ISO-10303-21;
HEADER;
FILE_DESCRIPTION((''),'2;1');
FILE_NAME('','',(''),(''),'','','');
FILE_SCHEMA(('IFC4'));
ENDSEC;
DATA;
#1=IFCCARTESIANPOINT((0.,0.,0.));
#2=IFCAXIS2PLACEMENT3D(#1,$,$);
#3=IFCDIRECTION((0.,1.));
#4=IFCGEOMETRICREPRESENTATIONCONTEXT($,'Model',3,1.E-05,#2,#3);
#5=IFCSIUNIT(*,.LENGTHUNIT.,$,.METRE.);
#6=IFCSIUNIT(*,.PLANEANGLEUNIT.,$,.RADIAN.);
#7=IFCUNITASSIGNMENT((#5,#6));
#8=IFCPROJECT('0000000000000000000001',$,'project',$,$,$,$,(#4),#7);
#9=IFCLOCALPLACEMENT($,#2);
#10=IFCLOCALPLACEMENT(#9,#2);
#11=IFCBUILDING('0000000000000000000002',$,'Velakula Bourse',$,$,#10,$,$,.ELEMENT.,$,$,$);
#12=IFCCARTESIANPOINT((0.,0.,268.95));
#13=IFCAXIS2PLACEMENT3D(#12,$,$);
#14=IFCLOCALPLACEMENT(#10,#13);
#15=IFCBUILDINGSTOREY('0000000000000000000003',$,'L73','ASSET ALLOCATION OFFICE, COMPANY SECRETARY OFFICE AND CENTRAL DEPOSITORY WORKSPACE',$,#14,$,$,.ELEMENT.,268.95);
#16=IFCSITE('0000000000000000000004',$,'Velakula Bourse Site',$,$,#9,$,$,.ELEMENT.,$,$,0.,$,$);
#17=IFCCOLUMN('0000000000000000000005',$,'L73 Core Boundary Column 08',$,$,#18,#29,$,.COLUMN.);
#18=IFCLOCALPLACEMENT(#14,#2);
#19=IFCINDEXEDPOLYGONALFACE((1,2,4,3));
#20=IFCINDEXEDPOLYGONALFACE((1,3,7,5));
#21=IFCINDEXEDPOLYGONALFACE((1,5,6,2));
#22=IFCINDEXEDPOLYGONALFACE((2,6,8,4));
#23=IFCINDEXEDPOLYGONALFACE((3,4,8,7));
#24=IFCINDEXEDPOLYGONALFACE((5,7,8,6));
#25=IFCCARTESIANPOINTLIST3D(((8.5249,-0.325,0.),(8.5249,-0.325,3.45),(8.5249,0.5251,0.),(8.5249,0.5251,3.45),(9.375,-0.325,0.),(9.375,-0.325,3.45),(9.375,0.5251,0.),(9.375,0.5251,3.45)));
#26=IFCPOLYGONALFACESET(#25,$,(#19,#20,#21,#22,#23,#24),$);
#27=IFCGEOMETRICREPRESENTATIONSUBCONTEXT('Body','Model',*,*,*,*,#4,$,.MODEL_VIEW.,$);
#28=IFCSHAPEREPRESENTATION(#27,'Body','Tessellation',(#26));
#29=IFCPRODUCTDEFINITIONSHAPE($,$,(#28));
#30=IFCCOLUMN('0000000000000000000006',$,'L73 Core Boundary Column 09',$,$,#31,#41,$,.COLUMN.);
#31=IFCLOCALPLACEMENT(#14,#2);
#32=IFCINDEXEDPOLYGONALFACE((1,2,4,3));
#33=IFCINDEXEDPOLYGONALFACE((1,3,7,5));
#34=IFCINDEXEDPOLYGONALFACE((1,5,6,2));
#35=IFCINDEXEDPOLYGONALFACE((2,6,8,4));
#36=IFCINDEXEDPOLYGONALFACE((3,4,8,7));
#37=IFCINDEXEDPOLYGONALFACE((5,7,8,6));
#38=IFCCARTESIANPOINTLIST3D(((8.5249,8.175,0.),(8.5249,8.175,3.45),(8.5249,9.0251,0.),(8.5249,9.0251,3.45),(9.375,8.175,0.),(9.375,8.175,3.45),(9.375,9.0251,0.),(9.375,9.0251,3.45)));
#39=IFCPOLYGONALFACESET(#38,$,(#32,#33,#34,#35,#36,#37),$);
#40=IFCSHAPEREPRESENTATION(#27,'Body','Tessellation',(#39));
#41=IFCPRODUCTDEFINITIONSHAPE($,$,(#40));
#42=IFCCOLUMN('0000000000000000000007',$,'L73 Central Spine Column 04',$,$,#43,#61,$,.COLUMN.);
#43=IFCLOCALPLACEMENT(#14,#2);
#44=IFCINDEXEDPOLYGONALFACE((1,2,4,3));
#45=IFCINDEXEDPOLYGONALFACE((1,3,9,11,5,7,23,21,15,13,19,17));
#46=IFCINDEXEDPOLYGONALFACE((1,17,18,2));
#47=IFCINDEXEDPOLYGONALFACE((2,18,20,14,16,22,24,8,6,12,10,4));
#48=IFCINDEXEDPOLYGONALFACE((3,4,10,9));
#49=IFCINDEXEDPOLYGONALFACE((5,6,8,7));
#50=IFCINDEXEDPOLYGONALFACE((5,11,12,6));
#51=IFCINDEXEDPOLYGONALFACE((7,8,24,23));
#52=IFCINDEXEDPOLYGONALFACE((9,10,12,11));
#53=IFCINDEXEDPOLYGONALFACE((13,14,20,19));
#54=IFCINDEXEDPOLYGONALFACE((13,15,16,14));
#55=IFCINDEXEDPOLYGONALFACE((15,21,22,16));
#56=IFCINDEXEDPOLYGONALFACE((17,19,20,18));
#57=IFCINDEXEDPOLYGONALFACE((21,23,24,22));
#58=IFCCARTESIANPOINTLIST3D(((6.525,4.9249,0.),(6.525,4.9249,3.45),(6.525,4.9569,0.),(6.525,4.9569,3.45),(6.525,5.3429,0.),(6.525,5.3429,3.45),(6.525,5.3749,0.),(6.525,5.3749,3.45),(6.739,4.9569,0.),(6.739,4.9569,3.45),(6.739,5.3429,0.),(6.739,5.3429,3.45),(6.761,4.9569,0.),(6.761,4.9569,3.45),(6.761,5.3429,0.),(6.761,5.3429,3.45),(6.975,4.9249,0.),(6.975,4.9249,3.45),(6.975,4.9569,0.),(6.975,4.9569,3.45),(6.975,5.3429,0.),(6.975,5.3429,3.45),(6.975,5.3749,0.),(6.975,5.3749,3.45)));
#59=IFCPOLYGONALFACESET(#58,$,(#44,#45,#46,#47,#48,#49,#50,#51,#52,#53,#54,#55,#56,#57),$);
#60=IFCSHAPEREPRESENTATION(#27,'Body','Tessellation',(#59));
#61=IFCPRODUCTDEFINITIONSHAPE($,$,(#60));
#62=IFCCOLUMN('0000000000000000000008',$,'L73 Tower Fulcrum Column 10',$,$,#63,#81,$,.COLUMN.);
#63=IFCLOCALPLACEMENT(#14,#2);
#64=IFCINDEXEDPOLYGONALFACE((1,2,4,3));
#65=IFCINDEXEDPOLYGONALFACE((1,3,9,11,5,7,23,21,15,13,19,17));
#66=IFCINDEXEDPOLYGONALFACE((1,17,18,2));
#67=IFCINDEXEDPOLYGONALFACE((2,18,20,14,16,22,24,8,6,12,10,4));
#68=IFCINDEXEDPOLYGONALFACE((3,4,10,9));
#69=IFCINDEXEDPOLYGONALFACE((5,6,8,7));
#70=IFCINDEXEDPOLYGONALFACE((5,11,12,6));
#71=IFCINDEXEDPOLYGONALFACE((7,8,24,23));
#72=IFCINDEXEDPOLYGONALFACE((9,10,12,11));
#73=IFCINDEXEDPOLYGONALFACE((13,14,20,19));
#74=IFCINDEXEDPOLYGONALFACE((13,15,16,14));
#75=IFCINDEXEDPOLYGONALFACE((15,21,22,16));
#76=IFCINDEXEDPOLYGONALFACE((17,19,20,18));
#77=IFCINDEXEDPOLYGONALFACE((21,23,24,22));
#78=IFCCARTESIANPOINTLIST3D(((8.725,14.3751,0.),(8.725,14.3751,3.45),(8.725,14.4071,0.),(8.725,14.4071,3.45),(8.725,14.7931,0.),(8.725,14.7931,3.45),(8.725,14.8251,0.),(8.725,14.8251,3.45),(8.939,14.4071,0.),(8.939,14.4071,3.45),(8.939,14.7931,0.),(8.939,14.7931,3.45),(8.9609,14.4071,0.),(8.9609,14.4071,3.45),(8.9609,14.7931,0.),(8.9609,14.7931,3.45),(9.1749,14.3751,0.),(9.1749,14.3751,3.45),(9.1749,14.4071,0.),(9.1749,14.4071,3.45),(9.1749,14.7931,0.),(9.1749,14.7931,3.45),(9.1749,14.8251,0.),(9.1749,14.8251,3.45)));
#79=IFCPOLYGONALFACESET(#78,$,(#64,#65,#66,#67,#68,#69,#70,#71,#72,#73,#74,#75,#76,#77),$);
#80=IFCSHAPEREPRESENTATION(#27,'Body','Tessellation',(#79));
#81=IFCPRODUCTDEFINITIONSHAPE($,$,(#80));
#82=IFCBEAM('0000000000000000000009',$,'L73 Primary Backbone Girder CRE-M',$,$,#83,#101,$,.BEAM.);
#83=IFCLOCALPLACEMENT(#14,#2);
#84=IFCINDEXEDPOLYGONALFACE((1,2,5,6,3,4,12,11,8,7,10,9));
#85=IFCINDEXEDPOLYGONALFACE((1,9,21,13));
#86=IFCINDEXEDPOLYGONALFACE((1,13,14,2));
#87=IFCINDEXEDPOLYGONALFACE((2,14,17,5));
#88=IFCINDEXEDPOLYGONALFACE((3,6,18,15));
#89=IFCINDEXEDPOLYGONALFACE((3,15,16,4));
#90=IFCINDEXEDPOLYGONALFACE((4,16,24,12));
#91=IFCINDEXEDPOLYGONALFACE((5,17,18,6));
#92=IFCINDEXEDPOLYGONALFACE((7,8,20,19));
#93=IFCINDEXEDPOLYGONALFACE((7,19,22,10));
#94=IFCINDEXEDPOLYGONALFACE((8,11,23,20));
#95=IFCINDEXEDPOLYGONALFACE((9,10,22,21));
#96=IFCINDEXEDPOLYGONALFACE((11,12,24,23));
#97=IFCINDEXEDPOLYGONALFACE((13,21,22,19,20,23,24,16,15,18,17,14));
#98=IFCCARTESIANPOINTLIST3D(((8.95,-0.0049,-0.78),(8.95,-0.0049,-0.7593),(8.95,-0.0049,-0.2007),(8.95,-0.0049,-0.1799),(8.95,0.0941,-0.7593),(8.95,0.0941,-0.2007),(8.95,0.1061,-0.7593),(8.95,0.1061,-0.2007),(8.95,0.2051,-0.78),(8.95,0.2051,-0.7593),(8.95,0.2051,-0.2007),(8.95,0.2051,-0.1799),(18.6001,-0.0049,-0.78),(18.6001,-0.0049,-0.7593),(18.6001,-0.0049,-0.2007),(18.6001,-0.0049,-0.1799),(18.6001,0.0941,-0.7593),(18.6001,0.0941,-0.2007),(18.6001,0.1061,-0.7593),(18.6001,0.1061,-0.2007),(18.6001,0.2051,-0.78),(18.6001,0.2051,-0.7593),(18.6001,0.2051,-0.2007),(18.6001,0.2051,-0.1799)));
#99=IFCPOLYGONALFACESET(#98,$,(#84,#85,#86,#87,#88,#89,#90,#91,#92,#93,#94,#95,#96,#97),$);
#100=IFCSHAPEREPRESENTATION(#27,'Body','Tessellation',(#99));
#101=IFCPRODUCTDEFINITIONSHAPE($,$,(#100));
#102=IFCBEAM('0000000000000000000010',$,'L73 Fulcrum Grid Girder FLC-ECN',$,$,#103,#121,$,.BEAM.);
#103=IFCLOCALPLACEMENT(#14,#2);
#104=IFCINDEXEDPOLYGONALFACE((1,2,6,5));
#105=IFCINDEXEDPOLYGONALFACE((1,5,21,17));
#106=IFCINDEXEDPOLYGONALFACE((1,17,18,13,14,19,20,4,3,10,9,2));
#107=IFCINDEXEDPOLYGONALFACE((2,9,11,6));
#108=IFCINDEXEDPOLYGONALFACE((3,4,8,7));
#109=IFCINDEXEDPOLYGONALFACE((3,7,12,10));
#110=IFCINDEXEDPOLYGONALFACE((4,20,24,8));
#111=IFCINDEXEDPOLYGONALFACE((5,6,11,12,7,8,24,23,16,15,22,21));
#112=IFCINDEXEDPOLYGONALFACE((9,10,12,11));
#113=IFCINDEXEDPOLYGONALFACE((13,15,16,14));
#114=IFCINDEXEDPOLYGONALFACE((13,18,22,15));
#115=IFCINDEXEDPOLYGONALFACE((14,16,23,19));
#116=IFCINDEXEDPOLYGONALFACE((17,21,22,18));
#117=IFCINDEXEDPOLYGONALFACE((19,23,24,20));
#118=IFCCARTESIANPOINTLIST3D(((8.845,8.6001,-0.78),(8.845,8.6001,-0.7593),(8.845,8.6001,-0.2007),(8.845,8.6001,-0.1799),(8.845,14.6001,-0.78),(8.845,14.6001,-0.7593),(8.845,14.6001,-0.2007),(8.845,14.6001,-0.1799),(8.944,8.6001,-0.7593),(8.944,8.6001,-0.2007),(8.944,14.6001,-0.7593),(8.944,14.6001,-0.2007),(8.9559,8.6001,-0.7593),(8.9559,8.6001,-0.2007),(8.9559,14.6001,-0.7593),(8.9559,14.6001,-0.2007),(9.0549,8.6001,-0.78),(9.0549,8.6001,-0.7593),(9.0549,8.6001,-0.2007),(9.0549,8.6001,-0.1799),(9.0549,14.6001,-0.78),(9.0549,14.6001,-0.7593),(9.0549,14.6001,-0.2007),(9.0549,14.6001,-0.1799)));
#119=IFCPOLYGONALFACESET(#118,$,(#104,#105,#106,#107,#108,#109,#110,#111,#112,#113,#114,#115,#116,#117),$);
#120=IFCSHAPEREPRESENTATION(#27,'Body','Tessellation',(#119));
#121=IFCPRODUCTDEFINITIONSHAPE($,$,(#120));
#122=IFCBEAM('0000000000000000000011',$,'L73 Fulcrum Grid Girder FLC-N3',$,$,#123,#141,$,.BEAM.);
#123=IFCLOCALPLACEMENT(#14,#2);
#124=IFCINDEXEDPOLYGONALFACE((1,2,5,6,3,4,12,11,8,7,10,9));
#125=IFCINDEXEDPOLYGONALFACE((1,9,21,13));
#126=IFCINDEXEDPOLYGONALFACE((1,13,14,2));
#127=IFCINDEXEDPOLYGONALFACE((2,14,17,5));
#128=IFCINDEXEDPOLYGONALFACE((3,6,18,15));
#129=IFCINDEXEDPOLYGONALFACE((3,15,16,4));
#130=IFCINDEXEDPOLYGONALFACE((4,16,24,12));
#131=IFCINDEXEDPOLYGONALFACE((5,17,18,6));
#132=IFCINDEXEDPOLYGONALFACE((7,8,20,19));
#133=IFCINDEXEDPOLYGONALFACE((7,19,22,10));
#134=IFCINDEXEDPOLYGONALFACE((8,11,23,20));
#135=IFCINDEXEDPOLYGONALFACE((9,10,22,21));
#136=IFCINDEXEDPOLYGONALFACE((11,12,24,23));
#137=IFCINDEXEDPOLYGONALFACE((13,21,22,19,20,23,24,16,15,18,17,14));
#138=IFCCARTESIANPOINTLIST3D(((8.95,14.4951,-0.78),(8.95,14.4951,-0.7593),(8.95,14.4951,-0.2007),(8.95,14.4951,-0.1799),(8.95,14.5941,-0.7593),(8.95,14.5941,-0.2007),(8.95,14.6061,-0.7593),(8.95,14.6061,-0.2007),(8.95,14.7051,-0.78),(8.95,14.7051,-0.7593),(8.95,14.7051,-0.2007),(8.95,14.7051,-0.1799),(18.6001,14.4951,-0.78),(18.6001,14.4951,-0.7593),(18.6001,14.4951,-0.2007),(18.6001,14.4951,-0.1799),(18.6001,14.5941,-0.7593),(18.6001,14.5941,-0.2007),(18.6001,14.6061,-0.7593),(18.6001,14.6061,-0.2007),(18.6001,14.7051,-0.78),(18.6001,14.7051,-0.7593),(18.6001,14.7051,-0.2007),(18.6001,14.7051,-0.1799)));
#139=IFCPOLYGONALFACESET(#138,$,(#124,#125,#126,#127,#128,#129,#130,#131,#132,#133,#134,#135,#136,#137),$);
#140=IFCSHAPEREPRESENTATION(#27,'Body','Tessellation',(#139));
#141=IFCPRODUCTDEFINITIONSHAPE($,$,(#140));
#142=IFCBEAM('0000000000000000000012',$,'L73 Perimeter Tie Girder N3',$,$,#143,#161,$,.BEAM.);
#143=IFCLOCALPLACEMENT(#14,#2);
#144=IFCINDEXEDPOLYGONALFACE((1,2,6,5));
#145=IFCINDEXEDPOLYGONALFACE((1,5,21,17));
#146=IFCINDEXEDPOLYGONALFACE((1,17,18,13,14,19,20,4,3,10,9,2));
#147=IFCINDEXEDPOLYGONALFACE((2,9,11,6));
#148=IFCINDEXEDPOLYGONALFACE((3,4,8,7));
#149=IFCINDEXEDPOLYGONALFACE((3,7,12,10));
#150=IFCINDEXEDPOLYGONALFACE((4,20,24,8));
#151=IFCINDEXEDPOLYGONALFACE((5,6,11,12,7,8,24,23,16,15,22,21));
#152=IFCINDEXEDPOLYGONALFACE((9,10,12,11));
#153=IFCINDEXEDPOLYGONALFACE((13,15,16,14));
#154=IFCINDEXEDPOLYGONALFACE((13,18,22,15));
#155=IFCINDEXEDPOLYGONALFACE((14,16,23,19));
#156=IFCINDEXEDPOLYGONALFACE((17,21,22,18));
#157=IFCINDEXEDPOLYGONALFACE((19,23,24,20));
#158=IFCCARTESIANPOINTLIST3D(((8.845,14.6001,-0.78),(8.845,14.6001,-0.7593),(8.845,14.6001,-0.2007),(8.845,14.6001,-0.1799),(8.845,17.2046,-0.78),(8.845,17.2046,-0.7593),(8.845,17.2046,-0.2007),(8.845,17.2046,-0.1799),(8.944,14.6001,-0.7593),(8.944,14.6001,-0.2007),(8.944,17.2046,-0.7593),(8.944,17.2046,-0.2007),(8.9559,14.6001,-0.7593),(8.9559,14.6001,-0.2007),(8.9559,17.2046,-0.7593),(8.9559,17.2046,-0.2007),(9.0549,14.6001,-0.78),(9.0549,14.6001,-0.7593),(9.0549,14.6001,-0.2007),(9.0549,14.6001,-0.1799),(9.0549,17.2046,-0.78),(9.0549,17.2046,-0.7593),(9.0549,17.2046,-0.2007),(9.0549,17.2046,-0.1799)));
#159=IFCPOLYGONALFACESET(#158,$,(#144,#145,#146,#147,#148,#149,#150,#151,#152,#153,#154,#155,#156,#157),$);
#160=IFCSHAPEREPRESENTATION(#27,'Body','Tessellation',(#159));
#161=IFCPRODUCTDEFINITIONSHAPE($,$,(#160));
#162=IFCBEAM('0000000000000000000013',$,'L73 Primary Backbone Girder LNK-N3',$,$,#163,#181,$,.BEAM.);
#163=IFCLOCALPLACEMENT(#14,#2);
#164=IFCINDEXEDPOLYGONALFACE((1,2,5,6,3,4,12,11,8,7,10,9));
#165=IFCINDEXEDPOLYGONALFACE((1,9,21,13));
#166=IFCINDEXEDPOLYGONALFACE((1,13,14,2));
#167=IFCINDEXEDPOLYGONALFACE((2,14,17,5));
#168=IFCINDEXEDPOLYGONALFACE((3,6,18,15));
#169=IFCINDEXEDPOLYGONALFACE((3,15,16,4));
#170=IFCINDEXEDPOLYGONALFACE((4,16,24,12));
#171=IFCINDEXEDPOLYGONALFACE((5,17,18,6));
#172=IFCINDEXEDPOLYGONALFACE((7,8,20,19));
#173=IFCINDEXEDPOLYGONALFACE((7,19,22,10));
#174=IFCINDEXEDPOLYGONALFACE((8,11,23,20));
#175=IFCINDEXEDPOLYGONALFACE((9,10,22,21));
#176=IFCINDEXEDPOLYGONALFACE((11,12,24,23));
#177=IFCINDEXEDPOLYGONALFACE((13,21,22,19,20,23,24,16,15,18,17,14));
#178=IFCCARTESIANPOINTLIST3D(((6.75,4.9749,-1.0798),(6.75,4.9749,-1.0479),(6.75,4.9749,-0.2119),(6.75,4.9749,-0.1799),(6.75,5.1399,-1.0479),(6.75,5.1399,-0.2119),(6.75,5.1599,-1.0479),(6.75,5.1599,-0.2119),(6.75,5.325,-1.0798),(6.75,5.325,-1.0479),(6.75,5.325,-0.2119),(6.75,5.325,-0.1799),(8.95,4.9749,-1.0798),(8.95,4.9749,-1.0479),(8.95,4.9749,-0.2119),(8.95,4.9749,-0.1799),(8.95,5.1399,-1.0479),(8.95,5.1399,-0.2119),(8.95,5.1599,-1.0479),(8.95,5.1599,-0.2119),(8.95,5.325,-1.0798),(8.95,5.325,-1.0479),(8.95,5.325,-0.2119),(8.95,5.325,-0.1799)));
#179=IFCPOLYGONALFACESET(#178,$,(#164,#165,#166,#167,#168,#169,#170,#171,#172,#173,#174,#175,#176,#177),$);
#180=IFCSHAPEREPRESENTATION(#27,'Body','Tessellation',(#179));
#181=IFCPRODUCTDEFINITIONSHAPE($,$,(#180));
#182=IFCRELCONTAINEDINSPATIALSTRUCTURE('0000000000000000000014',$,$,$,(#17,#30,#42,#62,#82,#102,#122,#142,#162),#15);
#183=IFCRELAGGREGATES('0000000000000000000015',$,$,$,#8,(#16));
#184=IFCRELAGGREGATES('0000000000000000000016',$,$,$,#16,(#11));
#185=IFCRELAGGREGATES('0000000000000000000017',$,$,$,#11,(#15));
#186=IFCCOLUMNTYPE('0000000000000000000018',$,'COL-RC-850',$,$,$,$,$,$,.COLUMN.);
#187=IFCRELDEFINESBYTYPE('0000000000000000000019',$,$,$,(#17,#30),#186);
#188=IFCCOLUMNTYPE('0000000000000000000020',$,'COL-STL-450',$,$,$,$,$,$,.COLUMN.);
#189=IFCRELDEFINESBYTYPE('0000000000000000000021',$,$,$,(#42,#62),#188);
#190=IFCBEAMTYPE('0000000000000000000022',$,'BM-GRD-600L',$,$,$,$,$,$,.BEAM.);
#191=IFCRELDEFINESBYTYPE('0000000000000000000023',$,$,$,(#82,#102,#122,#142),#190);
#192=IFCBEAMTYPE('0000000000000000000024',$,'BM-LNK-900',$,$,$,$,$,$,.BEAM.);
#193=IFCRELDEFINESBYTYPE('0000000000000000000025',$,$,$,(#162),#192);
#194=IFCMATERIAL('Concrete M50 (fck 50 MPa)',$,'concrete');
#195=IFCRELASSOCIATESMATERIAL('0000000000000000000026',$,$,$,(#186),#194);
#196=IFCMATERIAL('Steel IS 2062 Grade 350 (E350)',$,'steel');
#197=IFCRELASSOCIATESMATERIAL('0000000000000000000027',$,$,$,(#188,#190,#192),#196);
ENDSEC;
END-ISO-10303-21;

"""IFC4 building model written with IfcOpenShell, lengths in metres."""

from ifc_helpers import new_model, si_unit, direction, frame, origin, origin_2d, place, context, subcontext, project, spatial, rectangle, i_section, extrude, material, material_profile, profile_set, type_object, element, save


model = new_model("IFC4")

# Units and contexts
model_context = context("Model", 3, precision=1e-05, world=origin(), true_north=direction((0.0, 1.0)))
body_context = subcontext(model_context, "Body", "Model", "MODEL_VIEW")
ifc_project = project(units=[si_unit("LENGTHUNIT", "METRE"), si_unit("PLANEANGLEUNIT", "RADIAN")], contexts=[model_context])

# Site, building, storey
site_placement = place(None, origin())
site = spatial("IfcSite", under=ifc_project, at=site_placement, Name="Velakula Bourse Site", CompositionType="ELEMENT", RefElevation=0.0)
building_placement = place(site_placement, origin())
building = spatial("IfcBuilding", under=site, at=building_placement, Name="Velakula Bourse", CompositionType="ELEMENT")
storey_placement = place(building_placement, frame((0.0, 0.0, 268.95)))
storey = spatial("IfcBuildingStorey", under=building, at=storey_placement, Name="L73", Description="ASSET ALLOCATION OFFICE, COMPANY SECRETARY OFFICE AND CENTRAL DEPOSITORY WORKSPACE", CompositionType="ELEMENT", Elevation=268.95)

# Columns
ifc_material_1 = material(Name="Concrete M50 (fck 50 MPa)", Category="concrete")
ifc_material_profile_1 = material_profile(ifc_material_1, rectangle(XDim=0.8501, YDim=0.8501, at=origin_2d()), Name="Concrete M50 (fck 50 MPa)")
ifc_profile_set_1 = profile_set([ifc_material_profile_1], Name="Concrete M50 (fck 50 MPa)")
column_type_1 = type_object("IfcColumnType", Name="COL-RC-850", PredefinedType="COLUMN", material=ifc_profile_set_1)
for number, where, z_axis, x_axis, name in (
    (1, (8.95, 0.1001, 0.0), (0.0, 0.0, 1.0), (1.0, 0.0, 0.0), "L73 Core Boundary Column 08"),
    (2, (8.95, 8.6001, 0.0), (0.0, 0.0, 1.0), (1.0, 0.0, 0.0), "L73 Core Boundary Column 09"),
):
    element("IfcColumn", number, at=place(storey_placement, frame(where, z_axis=z_axis, x_axis=x_axis)), inside=storey, type_object=column_type_1, Name=name, PredefinedType="COLUMN", context=body_context, shape_type="SweptSolid", body=[
        extrude(rectangle(XDim=0.8501, YDim=0.8501, at=origin_2d()), origin(), (0.0, 0.0, 1.0), 3.45),
    ])
ifc_material_2 = material(Name="Steel IS 2062 Grade 350 (E350)", Category="steel")
ifc_material_profile_2 = material_profile(ifc_material_2, i_section(OverallWidth=0.45, OverallDepth=0.45, WebThickness=0.022, FlangeThickness=0.032, at=origin_2d()), Name="Steel IS 2062 Grade 350 (E350)")
ifc_profile_set_2 = profile_set([ifc_material_profile_2], Name="Steel IS 2062 Grade 350 (E350)")
column_type_2 = type_object("IfcColumnType", Name="COL-STL-450", PredefinedType="COLUMN", material=ifc_profile_set_2)
for number, where, z_axis, x_axis, name in (
    (3, (6.75, 5.1499, 0.0), (0.0, 0.0, 1.0), (1.0, 0.0, 0.0), "L73 Central Spine Column 04"),
    (4, (8.95, 14.6001, 0.0), (0.0, 0.0, 1.0), (1.0, 0.0, 0.0), "L73 Tower Fulcrum Column 10"),
):
    element("IfcColumn", number, at=place(storey_placement, frame(where, z_axis=z_axis, x_axis=x_axis)), inside=storey, type_object=column_type_2, Name=name, PredefinedType="COLUMN", context=body_context, shape_type="SweptSolid", body=[
        extrude(i_section(OverallWidth=0.45, OverallDepth=0.45, WebThickness=0.022, FlangeThickness=0.032, at=origin_2d()), origin(), (0.0, 0.0, 1.0), 3.45),
    ])

# Beams
ifc_material_profile_3 = material_profile(ifc_material_2, i_section(OverallWidth=0.21, OverallDepth=0.6001, WebThickness=0.012, FlangeThickness=0.0208, at=origin_2d()), Name="Steel IS 2062 Grade 350 (E350)")
ifc_profile_set_3 = profile_set([ifc_material_profile_3], Name="Steel IS 2062 Grade 350 (E350)")
beam_type_1 = type_object("IfcBeamType", Name="BM-GRD-600L", PredefinedType="BEAM", material=ifc_profile_set_3)
beam_1_placement = place(storey_placement, frame((8.95, 0.1001, -0.48), z_axis=(1.0, 0.0, 0.0), x_axis=(0.0, 1.0, 0.0)))
element("IfcBeam", 5, at=beam_1_placement, inside=storey, type_object=beam_type_1, Name="L73 Primary Backbone Girder CRE-M", PredefinedType="BEAM", context=body_context, shape_type="SweptSolid", body=[
    extrude(i_section(OverallWidth=0.21, OverallDepth=0.6001, WebThickness=0.012, FlangeThickness=0.0208, at=origin_2d()), origin(), (0.0, 0.0, 1.0), 9.6501),
])
beam_2_placement = place(storey_placement, frame((8.95, 8.6001, -0.48), z_axis=(0.0, 1.0, 0.0), x_axis=(-1.0, 0.0, 0.0)))
element("IfcBeam", 6, at=beam_2_placement, inside=storey, type_object=beam_type_1, Name="L73 Fulcrum Grid Girder FLC-ECN", PredefinedType="BEAM", context=body_context, shape_type="SweptSolid", body=[
    extrude(i_section(OverallWidth=0.21, OverallDepth=0.6001, WebThickness=0.012, FlangeThickness=0.0208, at=origin_2d()), origin(), (0.0, 0.0, 1.0), 6.0),
])
beam_3_placement = place(storey_placement, frame((8.95, 14.6001, -0.48), z_axis=(1.0, 0.0, 0.0), x_axis=(0.0, 1.0, 0.0)))
element("IfcBeam", 7, at=beam_3_placement, inside=storey, type_object=beam_type_1, Name="L73 Fulcrum Grid Girder FLC-N3", PredefinedType="BEAM", context=body_context, shape_type="SweptSolid", body=[
    extrude(i_section(OverallWidth=0.21, OverallDepth=0.6001, WebThickness=0.012, FlangeThickness=0.0208, at=origin_2d()), origin(), (0.0, 0.0, 1.0), 9.6501),
])
beam_4_placement = place(storey_placement, frame((8.95, 14.6001, -0.48), z_axis=(0.0, 1.0, 0.0), x_axis=(-1.0, 0.0, 0.0)))
element("IfcBeam", 8, at=beam_4_placement, inside=storey, type_object=beam_type_1, Name="L73 Perimeter Tie Girder N3", PredefinedType="BEAM", context=body_context, shape_type="SweptSolid", body=[
    extrude(i_section(OverallWidth=0.21, OverallDepth=0.6001, WebThickness=0.012, FlangeThickness=0.0208, at=origin_2d()), origin(), (0.0, 0.0, 1.0), 2.6045),
])
ifc_material_profile_4 = material_profile(ifc_material_2, i_section(OverallWidth=0.3501, OverallDepth=0.8999, WebThickness=0.02, FlangeThickness=0.032, at=origin_2d()), Name="Steel IS 2062 Grade 350 (E350)")
ifc_profile_set_4 = profile_set([ifc_material_profile_4], Name="Steel IS 2062 Grade 350 (E350)")
beam_type_2 = type_object("IfcBeamType", Name="BM-LNK-900", PredefinedType="BEAM", material=ifc_profile_set_4)
beam_5_placement = place(storey_placement, frame((6.75, 5.1499, -0.6299), z_axis=(1.0, 0.0, 0.0), x_axis=(0.0, 1.0, 0.0)))
element("IfcBeam", 9, at=beam_5_placement, inside=storey, type_object=beam_type_2, Name="L73 Primary Backbone Girder LNK-N3", PredefinedType="BEAM", context=body_context, shape_type="SweptSolid", body=[
    extrude(i_section(OverallWidth=0.3501, OverallDepth=0.8999, WebThickness=0.02, FlangeThickness=0.032, at=origin_2d()), origin(), (0.0, 0.0, 1.0), 2.2),
])

save(model, "model.ifc")
